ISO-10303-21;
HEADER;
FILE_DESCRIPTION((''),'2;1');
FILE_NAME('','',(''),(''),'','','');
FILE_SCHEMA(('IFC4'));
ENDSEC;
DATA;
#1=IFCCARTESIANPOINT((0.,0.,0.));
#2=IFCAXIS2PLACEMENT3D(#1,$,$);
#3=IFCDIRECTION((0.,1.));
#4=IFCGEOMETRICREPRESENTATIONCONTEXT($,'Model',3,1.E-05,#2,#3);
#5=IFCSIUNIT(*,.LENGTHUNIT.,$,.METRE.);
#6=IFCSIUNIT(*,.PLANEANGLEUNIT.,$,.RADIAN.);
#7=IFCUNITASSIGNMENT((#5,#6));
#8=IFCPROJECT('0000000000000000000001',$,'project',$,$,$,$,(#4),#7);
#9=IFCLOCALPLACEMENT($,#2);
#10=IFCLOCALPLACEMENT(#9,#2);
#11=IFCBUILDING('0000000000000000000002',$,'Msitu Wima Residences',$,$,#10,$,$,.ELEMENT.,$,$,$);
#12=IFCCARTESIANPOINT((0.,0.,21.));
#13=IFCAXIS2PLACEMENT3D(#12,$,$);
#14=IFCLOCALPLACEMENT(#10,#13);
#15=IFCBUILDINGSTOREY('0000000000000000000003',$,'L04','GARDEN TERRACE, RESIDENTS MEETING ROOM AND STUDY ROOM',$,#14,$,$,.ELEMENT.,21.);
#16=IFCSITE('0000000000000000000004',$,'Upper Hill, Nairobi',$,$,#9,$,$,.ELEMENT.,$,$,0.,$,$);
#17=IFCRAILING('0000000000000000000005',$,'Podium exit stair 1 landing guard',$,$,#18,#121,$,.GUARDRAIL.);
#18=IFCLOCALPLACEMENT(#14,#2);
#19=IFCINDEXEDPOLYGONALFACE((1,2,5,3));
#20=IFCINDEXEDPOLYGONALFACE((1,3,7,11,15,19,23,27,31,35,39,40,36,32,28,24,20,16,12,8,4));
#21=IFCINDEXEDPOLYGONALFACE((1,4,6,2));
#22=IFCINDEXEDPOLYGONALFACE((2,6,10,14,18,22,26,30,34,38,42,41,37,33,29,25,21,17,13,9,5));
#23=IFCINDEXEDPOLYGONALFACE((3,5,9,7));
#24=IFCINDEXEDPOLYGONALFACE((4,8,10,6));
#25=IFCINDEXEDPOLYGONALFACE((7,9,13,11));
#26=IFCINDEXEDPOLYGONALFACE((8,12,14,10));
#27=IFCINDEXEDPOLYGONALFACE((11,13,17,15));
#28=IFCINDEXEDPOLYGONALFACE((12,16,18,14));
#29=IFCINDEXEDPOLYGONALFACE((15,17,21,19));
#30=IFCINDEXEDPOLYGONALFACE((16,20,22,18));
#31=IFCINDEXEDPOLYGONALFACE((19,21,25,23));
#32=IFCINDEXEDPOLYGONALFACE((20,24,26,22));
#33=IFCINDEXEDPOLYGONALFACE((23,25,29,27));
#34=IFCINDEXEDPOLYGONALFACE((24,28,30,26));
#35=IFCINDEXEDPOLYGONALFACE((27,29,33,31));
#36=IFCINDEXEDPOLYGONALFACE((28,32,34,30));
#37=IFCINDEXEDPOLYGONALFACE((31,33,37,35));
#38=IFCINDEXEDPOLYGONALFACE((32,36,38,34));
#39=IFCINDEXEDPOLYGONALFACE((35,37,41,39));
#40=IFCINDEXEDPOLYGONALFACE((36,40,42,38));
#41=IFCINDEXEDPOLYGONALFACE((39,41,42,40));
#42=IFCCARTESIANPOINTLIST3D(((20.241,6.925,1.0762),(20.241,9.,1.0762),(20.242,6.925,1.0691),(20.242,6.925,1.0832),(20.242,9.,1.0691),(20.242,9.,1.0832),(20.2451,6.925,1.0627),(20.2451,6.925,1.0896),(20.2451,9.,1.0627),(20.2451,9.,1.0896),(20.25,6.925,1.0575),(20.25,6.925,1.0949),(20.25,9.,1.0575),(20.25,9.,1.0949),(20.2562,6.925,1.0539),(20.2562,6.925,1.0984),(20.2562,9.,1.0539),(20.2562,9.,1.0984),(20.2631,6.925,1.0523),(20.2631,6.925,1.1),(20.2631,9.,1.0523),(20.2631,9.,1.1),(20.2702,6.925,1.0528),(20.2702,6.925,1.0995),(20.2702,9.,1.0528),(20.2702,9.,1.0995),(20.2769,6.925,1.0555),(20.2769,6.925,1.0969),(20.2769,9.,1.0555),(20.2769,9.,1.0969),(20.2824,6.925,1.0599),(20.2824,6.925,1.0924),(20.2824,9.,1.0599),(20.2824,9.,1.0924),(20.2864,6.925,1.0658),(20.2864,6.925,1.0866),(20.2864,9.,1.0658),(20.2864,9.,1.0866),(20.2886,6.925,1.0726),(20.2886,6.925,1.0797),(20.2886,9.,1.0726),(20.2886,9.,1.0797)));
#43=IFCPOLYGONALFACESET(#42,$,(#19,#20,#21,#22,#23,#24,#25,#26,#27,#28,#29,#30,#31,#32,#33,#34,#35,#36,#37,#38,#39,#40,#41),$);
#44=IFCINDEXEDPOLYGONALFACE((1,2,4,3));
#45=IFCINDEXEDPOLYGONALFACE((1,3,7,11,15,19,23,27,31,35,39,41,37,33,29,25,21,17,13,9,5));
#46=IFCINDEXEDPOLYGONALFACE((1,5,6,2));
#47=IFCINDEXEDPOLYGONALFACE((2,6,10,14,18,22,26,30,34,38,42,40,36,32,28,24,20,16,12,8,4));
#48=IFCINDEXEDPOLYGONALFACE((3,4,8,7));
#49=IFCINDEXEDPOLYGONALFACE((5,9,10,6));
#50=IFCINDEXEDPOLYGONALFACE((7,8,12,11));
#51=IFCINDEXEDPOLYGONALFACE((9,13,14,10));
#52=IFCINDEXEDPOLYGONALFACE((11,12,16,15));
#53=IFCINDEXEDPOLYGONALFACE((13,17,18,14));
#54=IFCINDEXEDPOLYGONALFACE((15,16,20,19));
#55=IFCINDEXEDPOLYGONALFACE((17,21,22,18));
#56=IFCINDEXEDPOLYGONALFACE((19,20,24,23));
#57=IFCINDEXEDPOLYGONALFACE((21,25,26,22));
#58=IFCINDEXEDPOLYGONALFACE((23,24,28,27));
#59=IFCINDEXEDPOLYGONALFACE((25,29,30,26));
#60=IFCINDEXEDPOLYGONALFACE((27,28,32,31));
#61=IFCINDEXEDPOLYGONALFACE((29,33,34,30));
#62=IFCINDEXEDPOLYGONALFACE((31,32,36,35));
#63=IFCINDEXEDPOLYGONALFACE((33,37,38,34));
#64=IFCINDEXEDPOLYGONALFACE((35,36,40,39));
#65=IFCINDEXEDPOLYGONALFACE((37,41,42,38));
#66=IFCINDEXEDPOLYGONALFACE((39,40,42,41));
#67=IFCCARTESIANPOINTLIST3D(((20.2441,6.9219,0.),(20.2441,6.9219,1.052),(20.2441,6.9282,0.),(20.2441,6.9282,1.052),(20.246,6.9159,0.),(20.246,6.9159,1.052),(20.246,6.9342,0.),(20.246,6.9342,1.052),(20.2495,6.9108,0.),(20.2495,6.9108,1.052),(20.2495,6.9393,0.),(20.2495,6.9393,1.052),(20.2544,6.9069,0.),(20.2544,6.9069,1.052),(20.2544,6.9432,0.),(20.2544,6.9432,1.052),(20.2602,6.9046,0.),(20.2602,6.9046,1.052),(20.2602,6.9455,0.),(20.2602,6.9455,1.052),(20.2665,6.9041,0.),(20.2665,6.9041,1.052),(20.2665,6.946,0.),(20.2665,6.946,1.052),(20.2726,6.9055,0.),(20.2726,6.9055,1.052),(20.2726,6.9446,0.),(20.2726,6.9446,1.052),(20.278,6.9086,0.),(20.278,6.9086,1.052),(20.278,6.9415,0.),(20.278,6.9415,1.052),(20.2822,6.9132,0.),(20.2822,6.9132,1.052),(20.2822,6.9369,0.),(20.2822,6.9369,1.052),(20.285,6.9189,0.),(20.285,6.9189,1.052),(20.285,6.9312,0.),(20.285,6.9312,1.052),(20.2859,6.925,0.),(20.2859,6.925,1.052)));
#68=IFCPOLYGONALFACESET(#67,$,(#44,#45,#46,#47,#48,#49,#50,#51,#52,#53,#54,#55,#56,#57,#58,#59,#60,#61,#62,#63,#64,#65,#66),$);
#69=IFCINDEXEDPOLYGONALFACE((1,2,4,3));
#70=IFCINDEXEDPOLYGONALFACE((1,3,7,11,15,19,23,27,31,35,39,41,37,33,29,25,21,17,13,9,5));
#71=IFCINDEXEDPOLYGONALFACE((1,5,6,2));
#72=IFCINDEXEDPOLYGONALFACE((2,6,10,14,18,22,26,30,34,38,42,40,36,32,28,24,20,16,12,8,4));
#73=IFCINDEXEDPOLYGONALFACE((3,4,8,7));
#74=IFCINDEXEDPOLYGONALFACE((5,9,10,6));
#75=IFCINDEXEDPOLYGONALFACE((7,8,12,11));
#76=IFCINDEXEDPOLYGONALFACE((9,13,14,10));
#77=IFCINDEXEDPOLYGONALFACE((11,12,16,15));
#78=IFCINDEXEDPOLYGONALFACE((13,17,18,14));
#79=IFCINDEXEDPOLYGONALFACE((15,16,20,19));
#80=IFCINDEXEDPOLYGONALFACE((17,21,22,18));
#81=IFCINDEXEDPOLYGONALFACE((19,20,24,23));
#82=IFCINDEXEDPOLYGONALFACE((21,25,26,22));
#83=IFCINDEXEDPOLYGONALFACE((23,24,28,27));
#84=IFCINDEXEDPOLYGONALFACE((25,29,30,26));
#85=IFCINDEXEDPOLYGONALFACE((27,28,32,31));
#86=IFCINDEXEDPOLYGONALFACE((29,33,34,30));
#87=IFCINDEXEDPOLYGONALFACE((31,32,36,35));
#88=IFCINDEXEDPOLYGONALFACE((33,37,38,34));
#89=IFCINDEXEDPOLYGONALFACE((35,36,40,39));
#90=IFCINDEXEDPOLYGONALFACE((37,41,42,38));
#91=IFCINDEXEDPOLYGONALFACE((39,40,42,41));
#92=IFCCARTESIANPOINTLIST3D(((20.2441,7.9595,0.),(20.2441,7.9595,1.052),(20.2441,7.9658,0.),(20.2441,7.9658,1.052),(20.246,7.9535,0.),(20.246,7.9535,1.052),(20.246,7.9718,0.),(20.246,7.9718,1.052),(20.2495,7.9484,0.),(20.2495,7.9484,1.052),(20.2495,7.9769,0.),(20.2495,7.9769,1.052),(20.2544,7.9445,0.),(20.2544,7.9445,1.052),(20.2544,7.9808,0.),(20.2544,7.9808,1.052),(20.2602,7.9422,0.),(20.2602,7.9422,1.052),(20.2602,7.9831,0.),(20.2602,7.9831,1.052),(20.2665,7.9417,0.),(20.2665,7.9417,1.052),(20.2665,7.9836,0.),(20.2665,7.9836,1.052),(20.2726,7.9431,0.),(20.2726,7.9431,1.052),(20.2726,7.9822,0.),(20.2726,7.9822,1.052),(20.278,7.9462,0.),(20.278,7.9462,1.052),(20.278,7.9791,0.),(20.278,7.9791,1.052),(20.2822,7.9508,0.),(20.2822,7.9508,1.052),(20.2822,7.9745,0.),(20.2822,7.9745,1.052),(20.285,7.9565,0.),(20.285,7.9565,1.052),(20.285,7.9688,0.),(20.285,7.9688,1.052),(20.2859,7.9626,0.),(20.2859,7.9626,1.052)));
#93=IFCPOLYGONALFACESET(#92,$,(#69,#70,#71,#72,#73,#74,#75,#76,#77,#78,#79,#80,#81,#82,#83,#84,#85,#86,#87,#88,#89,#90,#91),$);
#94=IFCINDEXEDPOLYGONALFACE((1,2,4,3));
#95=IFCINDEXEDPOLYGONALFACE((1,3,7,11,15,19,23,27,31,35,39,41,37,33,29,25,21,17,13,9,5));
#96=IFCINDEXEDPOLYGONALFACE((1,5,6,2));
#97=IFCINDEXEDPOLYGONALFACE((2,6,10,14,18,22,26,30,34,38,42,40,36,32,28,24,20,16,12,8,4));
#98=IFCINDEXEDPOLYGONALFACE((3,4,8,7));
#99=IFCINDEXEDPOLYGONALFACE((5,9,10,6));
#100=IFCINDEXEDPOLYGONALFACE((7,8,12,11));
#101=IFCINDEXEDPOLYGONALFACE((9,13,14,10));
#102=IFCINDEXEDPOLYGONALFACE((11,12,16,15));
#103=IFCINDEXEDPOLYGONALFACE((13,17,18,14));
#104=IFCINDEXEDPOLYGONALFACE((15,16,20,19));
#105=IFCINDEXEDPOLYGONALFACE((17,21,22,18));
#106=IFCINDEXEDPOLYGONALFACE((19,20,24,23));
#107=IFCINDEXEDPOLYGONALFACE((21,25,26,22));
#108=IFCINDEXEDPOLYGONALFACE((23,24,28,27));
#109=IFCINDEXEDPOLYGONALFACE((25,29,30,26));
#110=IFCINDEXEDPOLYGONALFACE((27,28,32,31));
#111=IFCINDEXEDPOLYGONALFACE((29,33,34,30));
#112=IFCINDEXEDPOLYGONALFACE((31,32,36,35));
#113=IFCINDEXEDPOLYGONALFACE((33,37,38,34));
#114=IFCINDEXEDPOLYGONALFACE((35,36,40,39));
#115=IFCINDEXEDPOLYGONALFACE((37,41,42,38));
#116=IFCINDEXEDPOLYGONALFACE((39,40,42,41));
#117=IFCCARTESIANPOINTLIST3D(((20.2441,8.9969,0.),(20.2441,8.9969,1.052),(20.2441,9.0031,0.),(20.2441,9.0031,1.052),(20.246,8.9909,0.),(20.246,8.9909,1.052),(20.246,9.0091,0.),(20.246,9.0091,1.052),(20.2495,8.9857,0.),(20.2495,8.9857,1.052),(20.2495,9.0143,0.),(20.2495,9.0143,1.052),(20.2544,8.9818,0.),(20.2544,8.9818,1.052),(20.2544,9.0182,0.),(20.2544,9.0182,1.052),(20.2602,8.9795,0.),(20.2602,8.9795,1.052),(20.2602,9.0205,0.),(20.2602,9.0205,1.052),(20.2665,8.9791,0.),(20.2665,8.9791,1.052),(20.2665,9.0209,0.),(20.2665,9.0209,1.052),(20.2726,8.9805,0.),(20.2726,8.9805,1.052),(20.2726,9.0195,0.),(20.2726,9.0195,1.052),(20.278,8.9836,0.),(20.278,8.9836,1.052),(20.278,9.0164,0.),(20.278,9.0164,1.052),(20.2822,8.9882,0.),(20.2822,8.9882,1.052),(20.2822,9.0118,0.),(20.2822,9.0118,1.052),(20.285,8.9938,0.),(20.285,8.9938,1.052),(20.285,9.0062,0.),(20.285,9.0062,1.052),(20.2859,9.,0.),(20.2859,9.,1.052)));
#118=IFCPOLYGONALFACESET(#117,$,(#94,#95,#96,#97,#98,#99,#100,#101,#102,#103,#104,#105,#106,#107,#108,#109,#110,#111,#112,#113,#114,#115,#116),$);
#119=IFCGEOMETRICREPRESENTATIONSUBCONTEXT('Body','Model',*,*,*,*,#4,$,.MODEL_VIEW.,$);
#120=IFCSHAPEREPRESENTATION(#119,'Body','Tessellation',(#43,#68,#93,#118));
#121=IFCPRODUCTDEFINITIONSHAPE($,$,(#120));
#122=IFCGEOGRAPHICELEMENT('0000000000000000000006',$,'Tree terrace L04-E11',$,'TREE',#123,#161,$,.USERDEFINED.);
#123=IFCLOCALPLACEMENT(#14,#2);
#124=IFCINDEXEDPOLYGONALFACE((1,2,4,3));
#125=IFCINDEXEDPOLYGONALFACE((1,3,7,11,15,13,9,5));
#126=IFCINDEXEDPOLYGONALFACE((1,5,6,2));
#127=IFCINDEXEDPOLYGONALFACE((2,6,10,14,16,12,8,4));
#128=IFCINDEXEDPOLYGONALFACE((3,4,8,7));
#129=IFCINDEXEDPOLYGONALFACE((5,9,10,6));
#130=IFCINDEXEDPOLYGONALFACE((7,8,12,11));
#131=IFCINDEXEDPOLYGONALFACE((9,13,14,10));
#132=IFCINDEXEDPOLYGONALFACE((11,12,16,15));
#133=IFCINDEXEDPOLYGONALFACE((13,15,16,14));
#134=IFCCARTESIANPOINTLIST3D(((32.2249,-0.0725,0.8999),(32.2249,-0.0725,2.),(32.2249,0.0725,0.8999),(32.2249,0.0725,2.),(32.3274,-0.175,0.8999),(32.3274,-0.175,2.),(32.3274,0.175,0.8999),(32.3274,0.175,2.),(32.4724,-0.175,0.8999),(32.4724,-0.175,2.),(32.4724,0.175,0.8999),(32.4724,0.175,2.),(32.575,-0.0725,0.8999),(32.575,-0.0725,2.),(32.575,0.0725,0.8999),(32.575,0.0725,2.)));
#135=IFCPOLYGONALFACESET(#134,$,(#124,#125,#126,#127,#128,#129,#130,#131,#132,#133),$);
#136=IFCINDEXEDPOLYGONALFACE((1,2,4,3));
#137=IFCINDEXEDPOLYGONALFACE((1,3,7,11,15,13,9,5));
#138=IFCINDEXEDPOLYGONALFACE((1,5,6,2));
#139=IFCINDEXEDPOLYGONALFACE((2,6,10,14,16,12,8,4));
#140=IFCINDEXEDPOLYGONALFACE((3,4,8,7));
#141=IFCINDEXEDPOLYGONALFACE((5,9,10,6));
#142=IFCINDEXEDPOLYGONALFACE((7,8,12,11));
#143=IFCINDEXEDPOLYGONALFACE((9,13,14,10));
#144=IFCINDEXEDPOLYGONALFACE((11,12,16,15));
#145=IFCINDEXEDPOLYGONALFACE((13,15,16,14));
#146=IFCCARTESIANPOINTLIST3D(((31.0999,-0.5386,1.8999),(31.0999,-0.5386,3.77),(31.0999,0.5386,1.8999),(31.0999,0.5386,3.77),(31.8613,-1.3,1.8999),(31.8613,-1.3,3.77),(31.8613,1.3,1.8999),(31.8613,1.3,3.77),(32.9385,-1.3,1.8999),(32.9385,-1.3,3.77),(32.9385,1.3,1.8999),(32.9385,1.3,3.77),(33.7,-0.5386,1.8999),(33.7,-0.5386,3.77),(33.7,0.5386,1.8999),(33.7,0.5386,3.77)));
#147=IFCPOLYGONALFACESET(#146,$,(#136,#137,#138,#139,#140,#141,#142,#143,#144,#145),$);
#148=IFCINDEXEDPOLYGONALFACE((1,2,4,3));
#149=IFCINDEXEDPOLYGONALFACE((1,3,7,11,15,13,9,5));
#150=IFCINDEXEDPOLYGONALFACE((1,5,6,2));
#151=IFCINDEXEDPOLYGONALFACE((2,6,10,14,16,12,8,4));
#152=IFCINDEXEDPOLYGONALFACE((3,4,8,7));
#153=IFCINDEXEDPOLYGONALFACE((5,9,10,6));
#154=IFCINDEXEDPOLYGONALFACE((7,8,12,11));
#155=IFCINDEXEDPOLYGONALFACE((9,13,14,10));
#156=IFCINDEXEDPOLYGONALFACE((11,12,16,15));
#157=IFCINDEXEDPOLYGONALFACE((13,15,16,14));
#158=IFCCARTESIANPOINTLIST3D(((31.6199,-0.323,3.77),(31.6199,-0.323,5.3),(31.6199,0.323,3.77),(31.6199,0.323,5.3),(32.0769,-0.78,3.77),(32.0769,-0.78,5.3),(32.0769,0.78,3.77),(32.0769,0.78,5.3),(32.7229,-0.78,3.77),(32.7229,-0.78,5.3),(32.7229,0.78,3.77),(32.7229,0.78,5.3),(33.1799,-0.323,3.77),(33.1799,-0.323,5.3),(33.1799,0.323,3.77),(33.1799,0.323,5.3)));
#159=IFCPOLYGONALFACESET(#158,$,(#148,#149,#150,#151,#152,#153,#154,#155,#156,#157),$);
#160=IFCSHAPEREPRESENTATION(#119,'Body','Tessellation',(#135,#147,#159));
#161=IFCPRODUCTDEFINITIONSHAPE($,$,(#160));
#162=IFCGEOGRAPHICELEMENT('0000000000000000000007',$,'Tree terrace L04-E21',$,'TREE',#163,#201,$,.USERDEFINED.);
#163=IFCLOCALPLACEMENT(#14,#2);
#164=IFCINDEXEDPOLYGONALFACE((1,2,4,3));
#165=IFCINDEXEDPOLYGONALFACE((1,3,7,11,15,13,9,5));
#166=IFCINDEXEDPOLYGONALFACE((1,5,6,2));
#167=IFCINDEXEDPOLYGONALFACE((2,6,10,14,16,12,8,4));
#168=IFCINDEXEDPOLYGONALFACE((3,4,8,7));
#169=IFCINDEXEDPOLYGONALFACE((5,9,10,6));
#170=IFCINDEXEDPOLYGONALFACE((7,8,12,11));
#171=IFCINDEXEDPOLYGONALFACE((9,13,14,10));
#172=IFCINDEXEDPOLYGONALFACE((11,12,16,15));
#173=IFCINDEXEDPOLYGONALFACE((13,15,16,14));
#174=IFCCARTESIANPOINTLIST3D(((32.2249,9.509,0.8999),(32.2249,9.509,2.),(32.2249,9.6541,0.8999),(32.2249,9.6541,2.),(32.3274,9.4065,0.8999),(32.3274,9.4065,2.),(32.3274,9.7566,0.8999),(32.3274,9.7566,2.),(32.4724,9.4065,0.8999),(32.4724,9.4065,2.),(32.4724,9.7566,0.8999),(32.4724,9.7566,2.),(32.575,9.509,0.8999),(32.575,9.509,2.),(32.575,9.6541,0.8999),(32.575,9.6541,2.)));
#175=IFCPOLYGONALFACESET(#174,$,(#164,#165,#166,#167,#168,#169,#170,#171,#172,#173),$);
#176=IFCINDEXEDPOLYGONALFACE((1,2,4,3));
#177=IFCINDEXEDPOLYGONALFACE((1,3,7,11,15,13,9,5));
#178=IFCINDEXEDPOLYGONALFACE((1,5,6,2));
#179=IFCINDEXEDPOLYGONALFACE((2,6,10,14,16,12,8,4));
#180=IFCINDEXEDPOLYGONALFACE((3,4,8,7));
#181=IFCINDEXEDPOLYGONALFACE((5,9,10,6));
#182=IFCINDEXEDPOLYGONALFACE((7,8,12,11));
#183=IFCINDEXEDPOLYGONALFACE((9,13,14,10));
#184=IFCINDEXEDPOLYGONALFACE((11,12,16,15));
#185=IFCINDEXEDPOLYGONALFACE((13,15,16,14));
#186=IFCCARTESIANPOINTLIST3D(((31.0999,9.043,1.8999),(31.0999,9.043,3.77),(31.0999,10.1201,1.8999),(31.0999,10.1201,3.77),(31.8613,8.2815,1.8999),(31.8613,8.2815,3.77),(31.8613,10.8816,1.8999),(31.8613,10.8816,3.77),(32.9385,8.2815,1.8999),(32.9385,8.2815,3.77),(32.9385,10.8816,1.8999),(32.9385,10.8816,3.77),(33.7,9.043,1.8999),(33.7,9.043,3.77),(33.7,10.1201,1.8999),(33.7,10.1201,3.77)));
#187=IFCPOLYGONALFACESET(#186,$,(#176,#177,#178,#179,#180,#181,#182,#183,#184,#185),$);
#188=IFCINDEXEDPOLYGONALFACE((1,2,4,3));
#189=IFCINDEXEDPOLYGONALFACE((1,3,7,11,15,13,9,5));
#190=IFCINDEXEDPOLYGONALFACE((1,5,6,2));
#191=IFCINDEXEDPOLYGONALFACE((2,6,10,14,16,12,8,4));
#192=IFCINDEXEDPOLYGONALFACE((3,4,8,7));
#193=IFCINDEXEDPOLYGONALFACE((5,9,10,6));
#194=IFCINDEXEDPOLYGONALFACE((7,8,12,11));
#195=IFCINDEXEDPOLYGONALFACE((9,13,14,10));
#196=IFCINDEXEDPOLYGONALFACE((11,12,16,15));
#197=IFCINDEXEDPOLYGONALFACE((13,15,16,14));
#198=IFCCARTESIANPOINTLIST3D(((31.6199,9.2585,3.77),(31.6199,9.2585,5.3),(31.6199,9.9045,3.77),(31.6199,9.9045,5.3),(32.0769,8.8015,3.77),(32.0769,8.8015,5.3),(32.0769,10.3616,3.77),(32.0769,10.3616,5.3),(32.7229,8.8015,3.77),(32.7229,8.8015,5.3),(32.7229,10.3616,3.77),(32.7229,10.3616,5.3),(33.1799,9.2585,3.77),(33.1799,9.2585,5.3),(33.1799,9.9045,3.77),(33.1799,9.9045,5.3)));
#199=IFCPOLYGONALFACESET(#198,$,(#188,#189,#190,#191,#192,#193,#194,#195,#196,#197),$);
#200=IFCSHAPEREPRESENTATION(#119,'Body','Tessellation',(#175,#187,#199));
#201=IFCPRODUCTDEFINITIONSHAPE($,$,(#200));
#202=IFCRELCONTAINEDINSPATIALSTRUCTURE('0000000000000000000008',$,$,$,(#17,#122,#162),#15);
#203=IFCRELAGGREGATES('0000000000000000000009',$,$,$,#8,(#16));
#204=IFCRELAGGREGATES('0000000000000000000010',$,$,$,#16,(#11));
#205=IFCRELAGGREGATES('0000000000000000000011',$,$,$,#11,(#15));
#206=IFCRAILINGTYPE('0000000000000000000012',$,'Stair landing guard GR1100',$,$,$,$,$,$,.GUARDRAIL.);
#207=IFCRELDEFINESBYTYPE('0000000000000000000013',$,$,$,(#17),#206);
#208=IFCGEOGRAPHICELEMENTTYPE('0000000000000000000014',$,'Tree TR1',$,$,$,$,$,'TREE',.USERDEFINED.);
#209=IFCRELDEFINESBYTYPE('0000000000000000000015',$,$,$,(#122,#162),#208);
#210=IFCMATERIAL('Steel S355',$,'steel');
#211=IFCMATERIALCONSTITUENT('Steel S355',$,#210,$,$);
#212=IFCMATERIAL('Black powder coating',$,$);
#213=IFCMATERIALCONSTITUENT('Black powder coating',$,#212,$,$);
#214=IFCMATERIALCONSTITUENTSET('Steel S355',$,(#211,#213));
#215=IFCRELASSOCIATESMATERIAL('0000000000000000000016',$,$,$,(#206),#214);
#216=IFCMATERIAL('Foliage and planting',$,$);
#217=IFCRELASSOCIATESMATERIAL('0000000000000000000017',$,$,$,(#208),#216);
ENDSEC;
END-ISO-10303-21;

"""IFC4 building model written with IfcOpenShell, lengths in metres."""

from ifc_helpers import new_model, si_unit, direction, frame, origin, origin_2d, place, context, subcontext, project, spatial, polyline, circle, outline, extrude, material, constituent, constituent_set, type_object, element, save


model = new_model("IFC4")

# Units and contexts
model_context = context("Model", 3, precision=1e-05, world=origin(), true_north=direction((0.0, 1.0)))
body_context = subcontext(model_context, "Body", "Model", "MODEL_VIEW")
ifc_project = project(units=[si_unit("LENGTHUNIT", "METRE"), si_unit("PLANEANGLEUNIT", "RADIAN")], contexts=[model_context])

# Site, building, storey
site_placement = place(None, origin())
site = spatial("IfcSite", under=ifc_project, at=site_placement, Name="Upper Hill, Nairobi", CompositionType="ELEMENT", RefElevation=0.0)
building_placement = place(site_placement, origin())
building = spatial("IfcBuilding", under=site, at=building_placement, Name="Msitu Wima Residences", CompositionType="ELEMENT")
storey_placement = place(building_placement, frame((0.0, 0.0, 21.0)))
storey = spatial("IfcBuildingStorey", under=building, at=storey_placement, Name="L04", Description="GARDEN TERRACE, RESIDENTS MEETING ROOM AND STUDY ROOM", CompositionType="ELEMENT", Elevation=21.0)

# Railing
ifc_material_1 = material(Name="Steel S355", Category="steel")
ifc_material_2 = material(Name="Black powder coating")
ifc_constituent_1 = constituent(ifc_material_1, Name="Steel S355")
ifc_constituent_2 = constituent(ifc_material_2, Name="Black powder coating")
ifc_constituent_set_1 = constituent_set(constituents=[ifc_constituent_1, ifc_constituent_2], Name="Steel S355")
railing_type_1 = type_object("IfcRailingType", Name="Stair landing guard GR1100", PredefinedType="GUARDRAIL", material=ifc_constituent_set_1)
railing_placement = place(storey_placement, frame((20.2649, 6.925, 0.0)))
element("IfcRailing", 1, at=railing_placement, inside=storey, type_object=railing_type_1, Name="Podium exit stair 1 landing guard", PredefinedType="GUARDRAIL", context=body_context, shape_type="SweptSolid", body=[
    extrude(circle(Radius=0.0239, at=origin_2d()), frame((0.0, 0.0, 1.0762), z_axis=(0.0, 1.0, 0.0), x_axis=(-1.0, 0.0, 0.0)), (0.0, 0.0, 1.0), 2.075),
    extrude(circle(Radius=0.021, at=origin_2d()), origin(), (0.0, 0.0, 1.0), 1.052),
    extrude(circle(Radius=0.021, at=origin_2d()), frame((0.0, 1.0376, 0.0)), (0.0, 0.0, 1.0), 1.052),
    extrude(circle(Radius=0.021, at=origin_2d()), frame((0.0, 2.075, 0.0)), (0.0, 0.0, 1.0), 1.052),
])

# Geographic elements
ifc_material_3 = material(Name="Foliage and planting")
geographic_element_type = type_object("IfcGeographicElementType", Name="Tree TR1", ElementType="TREE", PredefinedType="USERDEFINED", material=ifc_material_3)
for number, where, z_axis, x_axis, name in (
    (2, (32.3999, 0.0, 0.8999), (0.0, 0.0, 1.0), (1.0, 0.0, 0.0), "Tree terrace L04-E11"),
    (3, (32.3999, 9.5815, 0.8999), (0.0, 0.0, 1.0), (1.0, 0.0, 0.0), "Tree terrace L04-E21"),
):
    element("IfcGeographicElement", number, at=place(storey_placement, frame(where, z_axis=z_axis, x_axis=x_axis)), inside=storey, type_object=geographic_element_type, Name=name, ObjectType="TREE", PredefinedType="USERDEFINED", context=body_context, shape_type="SweptSolid", body=[
        extrude(outline(polyline([(0.175, 0.0725), (0.0725, 0.175), (-0.0725, 0.175), (-0.175, 0.0725), (-0.175, -0.0725), (-0.0725, -0.175), (0.0725, -0.175), (0.175, -0.0725), (0.175, 0.0725)])), origin(), (0.0, 0.0, 1.0), 1.1001),
        extrude(outline(polyline([(1.3, 0.5386), (0.5386, 1.3), (-0.5386, 1.3), (-1.3, 0.5386), (-1.3, -0.5386), (-0.5386, -1.3), (0.5386, -1.3), (1.3, -0.5386), (1.3, 0.5386)])), frame((0.0, 0.0, 1.0)), (0.0, 0.0, 1.0), 1.8701),
        extrude(outline(polyline([(0.78, 0.323), (0.323, 0.78), (-0.323, 0.78), (-0.78, 0.323), (-0.78, -0.323), (-0.323, -0.78), (0.323, -0.78), (0.78, -0.323), (0.78, 0.323)])), frame((0.0, 0.0, 2.8701)), (0.0, 0.0, 1.0), 1.53),
    ])

save(model, "model.ifc")
